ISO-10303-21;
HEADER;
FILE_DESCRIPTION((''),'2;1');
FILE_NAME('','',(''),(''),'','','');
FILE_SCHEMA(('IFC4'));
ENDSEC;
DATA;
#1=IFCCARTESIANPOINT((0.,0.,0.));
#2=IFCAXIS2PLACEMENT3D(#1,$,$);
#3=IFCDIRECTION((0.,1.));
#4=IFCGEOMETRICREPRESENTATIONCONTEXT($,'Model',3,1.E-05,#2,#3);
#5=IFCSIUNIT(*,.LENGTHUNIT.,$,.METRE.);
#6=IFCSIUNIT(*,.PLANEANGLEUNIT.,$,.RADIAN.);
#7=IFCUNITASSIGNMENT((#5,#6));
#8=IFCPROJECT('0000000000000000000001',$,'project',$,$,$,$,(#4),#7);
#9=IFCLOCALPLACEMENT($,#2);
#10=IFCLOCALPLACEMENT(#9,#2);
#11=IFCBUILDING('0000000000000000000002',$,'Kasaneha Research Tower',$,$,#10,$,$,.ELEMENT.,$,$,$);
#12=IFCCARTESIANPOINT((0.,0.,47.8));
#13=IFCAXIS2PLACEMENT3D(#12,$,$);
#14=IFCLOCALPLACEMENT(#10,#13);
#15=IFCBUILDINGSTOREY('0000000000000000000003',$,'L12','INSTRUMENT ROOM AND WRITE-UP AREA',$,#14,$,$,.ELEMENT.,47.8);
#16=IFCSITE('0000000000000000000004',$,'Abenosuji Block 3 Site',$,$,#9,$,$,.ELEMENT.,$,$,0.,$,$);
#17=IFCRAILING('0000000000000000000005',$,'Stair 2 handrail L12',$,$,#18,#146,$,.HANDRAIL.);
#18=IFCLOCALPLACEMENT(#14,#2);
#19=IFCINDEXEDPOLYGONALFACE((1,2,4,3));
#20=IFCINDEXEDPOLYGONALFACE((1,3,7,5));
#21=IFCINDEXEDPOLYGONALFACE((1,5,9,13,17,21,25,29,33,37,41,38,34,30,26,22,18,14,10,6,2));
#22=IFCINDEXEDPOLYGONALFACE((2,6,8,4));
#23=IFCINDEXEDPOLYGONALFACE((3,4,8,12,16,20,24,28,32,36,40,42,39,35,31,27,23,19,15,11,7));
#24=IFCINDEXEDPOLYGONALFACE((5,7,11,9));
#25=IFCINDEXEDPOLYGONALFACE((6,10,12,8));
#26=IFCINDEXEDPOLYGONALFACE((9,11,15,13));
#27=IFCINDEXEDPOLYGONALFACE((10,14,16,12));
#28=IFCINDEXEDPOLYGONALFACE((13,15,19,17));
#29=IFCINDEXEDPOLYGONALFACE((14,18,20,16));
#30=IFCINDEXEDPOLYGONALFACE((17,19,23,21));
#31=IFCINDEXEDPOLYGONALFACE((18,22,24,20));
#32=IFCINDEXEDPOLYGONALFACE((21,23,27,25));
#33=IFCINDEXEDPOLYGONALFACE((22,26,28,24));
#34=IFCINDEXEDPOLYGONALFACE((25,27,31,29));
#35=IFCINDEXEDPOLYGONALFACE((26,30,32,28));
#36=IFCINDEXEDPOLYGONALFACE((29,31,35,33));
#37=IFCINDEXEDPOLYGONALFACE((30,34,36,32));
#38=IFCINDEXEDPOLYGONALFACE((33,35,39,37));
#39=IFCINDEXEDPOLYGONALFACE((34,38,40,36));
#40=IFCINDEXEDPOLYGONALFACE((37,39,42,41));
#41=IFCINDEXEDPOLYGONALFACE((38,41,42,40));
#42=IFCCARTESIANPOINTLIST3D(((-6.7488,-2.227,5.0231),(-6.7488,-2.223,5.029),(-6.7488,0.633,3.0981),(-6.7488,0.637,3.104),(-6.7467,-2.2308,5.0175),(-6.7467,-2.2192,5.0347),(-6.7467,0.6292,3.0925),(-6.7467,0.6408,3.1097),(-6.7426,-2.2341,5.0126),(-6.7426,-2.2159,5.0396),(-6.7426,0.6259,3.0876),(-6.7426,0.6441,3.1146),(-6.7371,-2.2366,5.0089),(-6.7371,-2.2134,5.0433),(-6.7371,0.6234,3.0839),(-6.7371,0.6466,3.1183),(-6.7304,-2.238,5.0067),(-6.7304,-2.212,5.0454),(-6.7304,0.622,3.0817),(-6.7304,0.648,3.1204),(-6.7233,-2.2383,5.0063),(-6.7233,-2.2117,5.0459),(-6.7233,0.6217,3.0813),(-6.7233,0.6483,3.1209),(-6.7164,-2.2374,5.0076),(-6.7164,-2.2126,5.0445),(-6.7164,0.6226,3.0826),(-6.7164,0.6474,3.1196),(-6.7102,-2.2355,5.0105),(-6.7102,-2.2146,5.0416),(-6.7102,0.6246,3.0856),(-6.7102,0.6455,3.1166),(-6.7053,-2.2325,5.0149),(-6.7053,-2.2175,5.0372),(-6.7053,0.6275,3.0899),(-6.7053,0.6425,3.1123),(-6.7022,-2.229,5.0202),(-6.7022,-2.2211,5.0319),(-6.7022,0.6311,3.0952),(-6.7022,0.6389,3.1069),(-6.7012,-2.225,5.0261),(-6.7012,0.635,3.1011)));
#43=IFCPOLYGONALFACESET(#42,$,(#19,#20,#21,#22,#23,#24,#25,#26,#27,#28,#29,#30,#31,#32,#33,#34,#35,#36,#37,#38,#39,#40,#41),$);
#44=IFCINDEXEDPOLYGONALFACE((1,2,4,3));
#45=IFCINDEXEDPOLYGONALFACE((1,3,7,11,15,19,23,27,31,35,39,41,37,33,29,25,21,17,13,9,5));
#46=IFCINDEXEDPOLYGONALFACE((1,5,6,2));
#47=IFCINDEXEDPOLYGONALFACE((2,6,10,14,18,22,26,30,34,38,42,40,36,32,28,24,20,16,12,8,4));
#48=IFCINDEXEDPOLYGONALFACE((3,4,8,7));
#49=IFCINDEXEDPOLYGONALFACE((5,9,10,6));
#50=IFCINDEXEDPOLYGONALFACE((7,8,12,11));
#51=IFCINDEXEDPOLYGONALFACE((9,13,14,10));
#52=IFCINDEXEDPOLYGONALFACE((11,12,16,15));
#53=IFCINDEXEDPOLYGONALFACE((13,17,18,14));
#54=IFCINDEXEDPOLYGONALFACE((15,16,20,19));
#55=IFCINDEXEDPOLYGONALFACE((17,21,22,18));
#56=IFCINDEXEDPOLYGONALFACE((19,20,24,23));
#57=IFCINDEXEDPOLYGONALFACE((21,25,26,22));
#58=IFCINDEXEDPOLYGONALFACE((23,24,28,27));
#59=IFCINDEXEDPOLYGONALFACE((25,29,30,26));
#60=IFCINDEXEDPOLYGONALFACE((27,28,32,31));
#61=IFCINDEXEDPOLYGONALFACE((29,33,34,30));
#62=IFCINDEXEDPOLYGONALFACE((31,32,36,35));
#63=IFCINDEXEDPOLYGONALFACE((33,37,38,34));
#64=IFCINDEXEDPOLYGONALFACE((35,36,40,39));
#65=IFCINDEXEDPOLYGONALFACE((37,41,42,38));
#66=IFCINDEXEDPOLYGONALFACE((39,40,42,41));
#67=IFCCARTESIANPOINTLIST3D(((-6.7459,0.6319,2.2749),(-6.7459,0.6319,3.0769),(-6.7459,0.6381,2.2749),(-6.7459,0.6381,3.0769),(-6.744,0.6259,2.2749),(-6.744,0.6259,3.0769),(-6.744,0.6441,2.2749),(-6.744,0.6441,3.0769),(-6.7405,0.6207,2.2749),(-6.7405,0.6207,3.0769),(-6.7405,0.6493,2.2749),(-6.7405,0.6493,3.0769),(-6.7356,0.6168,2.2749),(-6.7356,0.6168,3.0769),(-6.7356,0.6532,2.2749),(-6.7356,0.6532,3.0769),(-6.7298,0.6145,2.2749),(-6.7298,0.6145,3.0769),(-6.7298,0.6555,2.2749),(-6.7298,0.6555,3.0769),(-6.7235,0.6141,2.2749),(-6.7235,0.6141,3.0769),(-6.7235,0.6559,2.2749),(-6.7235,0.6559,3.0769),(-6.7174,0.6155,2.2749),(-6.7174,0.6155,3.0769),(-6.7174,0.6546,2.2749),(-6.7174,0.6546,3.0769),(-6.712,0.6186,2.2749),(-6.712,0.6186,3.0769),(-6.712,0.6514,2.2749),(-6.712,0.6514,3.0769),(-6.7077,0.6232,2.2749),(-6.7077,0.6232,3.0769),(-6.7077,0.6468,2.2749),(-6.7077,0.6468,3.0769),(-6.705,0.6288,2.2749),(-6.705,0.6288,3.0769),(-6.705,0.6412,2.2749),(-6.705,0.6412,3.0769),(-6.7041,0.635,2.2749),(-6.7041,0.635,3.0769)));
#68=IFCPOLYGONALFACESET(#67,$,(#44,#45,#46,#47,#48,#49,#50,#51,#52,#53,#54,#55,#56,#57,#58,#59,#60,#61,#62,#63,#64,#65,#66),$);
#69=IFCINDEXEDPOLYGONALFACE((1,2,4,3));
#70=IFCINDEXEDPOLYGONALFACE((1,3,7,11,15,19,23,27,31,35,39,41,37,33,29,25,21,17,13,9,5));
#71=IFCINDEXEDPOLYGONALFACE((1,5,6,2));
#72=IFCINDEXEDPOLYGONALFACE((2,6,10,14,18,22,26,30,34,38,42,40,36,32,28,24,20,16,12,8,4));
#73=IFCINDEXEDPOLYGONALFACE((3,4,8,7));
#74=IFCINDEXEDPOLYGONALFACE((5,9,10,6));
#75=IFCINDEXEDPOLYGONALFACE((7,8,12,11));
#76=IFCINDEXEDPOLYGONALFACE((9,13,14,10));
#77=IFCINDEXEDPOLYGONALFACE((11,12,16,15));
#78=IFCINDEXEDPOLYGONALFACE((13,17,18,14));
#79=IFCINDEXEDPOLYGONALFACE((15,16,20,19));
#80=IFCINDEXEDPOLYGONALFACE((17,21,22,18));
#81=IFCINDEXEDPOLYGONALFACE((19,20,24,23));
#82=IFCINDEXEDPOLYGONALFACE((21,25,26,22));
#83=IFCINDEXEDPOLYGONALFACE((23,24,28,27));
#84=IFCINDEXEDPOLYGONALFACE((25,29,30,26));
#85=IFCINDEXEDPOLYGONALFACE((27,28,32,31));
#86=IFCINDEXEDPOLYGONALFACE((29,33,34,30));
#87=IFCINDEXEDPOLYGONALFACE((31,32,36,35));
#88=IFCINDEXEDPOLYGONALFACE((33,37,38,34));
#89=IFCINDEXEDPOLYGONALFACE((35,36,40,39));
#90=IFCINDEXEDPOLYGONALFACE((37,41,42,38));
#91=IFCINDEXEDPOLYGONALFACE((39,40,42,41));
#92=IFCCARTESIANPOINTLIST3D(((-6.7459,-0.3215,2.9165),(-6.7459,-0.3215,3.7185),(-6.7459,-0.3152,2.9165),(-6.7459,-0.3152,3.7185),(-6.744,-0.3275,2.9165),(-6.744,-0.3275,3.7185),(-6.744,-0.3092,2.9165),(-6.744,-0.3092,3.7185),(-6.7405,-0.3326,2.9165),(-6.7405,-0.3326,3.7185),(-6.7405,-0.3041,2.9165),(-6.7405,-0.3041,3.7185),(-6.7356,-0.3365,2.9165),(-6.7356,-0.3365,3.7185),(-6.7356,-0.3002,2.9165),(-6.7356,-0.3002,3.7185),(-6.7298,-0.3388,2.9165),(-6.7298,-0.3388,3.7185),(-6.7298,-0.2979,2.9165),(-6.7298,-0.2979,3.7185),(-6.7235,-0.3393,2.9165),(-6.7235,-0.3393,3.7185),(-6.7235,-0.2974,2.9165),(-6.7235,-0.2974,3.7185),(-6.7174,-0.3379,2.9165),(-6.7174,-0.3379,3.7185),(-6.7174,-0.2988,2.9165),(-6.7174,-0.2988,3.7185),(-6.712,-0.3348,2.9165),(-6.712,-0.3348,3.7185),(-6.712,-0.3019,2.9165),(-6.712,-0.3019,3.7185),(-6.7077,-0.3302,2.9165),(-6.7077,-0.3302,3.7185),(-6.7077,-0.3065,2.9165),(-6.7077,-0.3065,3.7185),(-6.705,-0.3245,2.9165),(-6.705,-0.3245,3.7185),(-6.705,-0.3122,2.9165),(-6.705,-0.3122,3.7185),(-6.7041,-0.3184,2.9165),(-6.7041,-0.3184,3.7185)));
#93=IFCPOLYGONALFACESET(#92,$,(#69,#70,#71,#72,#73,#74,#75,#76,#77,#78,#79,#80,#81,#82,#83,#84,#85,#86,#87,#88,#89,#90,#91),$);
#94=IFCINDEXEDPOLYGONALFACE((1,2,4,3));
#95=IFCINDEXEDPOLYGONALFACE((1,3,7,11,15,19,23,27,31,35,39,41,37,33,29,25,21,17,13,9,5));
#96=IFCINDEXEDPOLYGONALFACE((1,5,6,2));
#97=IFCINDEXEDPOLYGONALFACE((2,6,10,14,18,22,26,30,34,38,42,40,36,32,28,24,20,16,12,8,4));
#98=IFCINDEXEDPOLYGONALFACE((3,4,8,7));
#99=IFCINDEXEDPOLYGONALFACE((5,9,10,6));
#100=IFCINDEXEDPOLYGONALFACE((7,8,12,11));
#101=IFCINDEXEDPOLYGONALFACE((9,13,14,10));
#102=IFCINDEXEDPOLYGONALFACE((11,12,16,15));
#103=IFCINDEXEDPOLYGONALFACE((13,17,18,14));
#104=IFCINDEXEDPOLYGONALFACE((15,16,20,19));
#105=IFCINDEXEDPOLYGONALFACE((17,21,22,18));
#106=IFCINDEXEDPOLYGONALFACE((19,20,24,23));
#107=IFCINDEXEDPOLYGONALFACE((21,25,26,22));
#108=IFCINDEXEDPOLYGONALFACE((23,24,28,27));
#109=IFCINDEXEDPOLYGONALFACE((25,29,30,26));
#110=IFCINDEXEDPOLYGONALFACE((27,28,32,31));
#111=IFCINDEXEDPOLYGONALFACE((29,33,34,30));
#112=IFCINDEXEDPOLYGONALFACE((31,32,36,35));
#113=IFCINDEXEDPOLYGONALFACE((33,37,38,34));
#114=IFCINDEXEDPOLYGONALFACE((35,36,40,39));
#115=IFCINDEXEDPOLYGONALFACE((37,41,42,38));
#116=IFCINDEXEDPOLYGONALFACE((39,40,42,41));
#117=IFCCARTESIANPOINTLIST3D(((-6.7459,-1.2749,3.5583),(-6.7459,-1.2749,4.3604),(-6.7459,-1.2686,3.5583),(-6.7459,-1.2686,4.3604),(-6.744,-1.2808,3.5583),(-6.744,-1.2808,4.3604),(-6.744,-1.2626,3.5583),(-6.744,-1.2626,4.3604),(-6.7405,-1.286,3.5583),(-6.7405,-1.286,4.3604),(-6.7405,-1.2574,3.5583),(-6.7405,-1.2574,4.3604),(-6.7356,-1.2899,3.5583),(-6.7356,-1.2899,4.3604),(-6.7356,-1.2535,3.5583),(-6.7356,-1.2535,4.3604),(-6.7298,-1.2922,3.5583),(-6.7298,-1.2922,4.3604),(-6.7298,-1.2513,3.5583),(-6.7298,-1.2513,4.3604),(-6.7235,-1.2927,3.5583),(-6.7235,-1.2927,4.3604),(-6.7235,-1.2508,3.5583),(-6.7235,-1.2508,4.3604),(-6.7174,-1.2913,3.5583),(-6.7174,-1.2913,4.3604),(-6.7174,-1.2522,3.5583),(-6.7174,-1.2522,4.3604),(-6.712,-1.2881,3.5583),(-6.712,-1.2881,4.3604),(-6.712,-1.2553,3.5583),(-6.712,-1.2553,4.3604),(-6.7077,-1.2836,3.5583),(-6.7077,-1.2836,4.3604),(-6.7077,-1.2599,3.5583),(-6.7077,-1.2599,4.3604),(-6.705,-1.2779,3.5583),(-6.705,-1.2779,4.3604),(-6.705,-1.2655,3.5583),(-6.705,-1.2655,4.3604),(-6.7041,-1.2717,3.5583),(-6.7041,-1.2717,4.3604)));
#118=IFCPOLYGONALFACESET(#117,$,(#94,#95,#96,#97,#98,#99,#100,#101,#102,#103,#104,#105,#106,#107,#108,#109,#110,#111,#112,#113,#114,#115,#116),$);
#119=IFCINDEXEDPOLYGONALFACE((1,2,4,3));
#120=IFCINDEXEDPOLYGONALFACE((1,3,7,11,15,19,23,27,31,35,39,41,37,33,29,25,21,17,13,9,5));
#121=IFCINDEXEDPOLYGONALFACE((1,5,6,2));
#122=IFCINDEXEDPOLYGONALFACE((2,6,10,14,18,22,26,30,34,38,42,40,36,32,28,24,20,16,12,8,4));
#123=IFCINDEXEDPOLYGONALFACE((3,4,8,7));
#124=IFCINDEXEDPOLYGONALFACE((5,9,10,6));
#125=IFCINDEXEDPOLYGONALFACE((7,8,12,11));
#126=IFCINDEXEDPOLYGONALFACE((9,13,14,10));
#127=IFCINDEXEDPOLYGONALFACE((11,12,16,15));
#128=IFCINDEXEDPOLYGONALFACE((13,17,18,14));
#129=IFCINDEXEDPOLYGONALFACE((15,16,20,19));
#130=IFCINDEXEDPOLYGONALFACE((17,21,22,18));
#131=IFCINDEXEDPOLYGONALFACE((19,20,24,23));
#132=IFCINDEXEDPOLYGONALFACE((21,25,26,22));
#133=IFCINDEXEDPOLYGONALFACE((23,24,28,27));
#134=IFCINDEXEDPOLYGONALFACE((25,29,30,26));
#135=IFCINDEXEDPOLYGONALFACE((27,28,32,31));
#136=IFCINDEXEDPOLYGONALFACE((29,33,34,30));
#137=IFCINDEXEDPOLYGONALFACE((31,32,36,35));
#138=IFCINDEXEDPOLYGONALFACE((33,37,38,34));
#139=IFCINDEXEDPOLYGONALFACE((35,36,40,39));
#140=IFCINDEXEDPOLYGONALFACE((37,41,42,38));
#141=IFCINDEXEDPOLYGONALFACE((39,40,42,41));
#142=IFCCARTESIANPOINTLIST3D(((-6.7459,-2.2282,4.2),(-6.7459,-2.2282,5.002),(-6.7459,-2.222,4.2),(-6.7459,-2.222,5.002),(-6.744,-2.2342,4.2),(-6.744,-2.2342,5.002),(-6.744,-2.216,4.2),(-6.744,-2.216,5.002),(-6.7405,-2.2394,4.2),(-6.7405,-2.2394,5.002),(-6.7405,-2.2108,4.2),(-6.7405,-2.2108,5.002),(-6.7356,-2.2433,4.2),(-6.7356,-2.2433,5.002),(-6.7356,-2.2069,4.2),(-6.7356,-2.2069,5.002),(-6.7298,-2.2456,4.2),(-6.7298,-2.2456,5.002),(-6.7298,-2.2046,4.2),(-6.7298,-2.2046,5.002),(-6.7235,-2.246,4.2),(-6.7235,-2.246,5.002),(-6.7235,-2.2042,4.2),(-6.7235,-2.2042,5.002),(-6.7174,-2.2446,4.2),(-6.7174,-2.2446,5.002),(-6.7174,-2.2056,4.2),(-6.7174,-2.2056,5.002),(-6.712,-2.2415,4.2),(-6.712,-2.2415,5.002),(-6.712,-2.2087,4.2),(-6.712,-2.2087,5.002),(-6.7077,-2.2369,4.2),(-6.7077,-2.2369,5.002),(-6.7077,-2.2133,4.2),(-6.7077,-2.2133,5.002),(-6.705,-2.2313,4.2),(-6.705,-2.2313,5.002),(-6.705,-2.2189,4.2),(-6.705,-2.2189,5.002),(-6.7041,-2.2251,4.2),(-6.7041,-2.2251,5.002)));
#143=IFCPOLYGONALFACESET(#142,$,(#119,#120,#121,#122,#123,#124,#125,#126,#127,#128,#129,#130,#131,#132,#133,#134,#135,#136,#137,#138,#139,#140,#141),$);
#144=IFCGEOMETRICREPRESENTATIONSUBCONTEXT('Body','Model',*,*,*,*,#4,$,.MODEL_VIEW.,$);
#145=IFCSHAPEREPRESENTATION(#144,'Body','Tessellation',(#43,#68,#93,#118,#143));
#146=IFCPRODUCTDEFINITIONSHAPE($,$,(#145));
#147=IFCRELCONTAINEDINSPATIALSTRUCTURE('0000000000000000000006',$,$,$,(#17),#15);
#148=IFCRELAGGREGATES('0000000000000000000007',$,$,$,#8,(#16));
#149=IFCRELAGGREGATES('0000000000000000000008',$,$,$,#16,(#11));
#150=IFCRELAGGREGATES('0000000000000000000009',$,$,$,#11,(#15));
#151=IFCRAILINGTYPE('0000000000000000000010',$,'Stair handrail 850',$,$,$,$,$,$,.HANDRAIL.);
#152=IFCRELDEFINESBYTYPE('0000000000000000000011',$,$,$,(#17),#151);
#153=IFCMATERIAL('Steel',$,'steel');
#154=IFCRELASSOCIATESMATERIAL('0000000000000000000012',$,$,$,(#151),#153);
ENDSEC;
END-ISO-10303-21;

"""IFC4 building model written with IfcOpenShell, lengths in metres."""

from ifc_helpers import new_model, si_unit, direction, frame, origin, origin_2d, place, context, subcontext, project, spatial, circle, extrude, material, type_object, element, save


model = new_model("IFC4")

# Units and contexts
model_context = context("Model", 3, precision=1e-05, world=origin(), true_north=direction((0.0, 1.0)))
body_context = subcontext(model_context, "Body", "Model", "MODEL_VIEW")
ifc_project = project(units=[si_unit("LENGTHUNIT", "METRE"), si_unit("PLANEANGLEUNIT", "RADIAN")], contexts=[model_context])

# Site, building, storey
site_placement = place(None, origin())
site = spatial("IfcSite", under=ifc_project, at=site_placement, Name="Abenosuji Block 3 Site", CompositionType="ELEMENT", RefElevation=0.0)
building_placement = place(site_placement, origin())
building = spatial("IfcBuilding", under=site, at=building_placement, Name="Kasaneha Research Tower", CompositionType="ELEMENT")
storey_placement = place(building_placement, frame((0.0, 0.0, 47.8)))
storey = spatial("IfcBuildingStorey", under=building, at=storey_placement, Name="L12", Description="INSTRUMENT ROOM AND WRITE-UP AREA", CompositionType="ELEMENT", Elevation=47.8)

# Railing
ifc_material_1 = material(Name="Steel", Category="steel")
railing_type_1 = type_object("IfcRailingType", Name="Stair handrail 850", PredefinedType="HANDRAIL", material=ifc_material_1)
railing_1_placement = place(storey_placement, frame((-6.7251, 0.635, 2.2749)))
element("IfcRailing", 1, at=railing_1_placement, inside=storey, type_object=railing_type_1, Name="Stair 2 handrail L12", PredefinedType="HANDRAIL", context=body_context, shape_type="SweptSolid", body=[
    extrude(circle(Radius=0.0239, at=origin_2d()), frame((0.0, 0.0, 0.8262), z_axis=(0.0, -0.829591, 0.558372), x_axis=(1.0, 0.0, 0.0)), (0.0, 0.0, 1.0), 3.4475),
    extrude(circle(Radius=0.021, at=origin_2d()), origin(), (0.0, 0.0, 1.0), 0.802),
    extrude(circle(Radius=0.021, at=origin_2d()), frame((0.0, -0.9534, 0.6416)), (0.0, 0.0, 1.0), 0.802),
    extrude(circle(Radius=0.021, at=origin_2d()), frame((0.0, -1.9067, 1.2834)), (0.0, 0.0, 1.0), 0.802),
    extrude(circle(Radius=0.021, at=origin_2d()), frame((0.0, -2.8601, 1.925)), (0.0, 0.0, 1.0), 0.802),
])

save(model, "model.ifc")
